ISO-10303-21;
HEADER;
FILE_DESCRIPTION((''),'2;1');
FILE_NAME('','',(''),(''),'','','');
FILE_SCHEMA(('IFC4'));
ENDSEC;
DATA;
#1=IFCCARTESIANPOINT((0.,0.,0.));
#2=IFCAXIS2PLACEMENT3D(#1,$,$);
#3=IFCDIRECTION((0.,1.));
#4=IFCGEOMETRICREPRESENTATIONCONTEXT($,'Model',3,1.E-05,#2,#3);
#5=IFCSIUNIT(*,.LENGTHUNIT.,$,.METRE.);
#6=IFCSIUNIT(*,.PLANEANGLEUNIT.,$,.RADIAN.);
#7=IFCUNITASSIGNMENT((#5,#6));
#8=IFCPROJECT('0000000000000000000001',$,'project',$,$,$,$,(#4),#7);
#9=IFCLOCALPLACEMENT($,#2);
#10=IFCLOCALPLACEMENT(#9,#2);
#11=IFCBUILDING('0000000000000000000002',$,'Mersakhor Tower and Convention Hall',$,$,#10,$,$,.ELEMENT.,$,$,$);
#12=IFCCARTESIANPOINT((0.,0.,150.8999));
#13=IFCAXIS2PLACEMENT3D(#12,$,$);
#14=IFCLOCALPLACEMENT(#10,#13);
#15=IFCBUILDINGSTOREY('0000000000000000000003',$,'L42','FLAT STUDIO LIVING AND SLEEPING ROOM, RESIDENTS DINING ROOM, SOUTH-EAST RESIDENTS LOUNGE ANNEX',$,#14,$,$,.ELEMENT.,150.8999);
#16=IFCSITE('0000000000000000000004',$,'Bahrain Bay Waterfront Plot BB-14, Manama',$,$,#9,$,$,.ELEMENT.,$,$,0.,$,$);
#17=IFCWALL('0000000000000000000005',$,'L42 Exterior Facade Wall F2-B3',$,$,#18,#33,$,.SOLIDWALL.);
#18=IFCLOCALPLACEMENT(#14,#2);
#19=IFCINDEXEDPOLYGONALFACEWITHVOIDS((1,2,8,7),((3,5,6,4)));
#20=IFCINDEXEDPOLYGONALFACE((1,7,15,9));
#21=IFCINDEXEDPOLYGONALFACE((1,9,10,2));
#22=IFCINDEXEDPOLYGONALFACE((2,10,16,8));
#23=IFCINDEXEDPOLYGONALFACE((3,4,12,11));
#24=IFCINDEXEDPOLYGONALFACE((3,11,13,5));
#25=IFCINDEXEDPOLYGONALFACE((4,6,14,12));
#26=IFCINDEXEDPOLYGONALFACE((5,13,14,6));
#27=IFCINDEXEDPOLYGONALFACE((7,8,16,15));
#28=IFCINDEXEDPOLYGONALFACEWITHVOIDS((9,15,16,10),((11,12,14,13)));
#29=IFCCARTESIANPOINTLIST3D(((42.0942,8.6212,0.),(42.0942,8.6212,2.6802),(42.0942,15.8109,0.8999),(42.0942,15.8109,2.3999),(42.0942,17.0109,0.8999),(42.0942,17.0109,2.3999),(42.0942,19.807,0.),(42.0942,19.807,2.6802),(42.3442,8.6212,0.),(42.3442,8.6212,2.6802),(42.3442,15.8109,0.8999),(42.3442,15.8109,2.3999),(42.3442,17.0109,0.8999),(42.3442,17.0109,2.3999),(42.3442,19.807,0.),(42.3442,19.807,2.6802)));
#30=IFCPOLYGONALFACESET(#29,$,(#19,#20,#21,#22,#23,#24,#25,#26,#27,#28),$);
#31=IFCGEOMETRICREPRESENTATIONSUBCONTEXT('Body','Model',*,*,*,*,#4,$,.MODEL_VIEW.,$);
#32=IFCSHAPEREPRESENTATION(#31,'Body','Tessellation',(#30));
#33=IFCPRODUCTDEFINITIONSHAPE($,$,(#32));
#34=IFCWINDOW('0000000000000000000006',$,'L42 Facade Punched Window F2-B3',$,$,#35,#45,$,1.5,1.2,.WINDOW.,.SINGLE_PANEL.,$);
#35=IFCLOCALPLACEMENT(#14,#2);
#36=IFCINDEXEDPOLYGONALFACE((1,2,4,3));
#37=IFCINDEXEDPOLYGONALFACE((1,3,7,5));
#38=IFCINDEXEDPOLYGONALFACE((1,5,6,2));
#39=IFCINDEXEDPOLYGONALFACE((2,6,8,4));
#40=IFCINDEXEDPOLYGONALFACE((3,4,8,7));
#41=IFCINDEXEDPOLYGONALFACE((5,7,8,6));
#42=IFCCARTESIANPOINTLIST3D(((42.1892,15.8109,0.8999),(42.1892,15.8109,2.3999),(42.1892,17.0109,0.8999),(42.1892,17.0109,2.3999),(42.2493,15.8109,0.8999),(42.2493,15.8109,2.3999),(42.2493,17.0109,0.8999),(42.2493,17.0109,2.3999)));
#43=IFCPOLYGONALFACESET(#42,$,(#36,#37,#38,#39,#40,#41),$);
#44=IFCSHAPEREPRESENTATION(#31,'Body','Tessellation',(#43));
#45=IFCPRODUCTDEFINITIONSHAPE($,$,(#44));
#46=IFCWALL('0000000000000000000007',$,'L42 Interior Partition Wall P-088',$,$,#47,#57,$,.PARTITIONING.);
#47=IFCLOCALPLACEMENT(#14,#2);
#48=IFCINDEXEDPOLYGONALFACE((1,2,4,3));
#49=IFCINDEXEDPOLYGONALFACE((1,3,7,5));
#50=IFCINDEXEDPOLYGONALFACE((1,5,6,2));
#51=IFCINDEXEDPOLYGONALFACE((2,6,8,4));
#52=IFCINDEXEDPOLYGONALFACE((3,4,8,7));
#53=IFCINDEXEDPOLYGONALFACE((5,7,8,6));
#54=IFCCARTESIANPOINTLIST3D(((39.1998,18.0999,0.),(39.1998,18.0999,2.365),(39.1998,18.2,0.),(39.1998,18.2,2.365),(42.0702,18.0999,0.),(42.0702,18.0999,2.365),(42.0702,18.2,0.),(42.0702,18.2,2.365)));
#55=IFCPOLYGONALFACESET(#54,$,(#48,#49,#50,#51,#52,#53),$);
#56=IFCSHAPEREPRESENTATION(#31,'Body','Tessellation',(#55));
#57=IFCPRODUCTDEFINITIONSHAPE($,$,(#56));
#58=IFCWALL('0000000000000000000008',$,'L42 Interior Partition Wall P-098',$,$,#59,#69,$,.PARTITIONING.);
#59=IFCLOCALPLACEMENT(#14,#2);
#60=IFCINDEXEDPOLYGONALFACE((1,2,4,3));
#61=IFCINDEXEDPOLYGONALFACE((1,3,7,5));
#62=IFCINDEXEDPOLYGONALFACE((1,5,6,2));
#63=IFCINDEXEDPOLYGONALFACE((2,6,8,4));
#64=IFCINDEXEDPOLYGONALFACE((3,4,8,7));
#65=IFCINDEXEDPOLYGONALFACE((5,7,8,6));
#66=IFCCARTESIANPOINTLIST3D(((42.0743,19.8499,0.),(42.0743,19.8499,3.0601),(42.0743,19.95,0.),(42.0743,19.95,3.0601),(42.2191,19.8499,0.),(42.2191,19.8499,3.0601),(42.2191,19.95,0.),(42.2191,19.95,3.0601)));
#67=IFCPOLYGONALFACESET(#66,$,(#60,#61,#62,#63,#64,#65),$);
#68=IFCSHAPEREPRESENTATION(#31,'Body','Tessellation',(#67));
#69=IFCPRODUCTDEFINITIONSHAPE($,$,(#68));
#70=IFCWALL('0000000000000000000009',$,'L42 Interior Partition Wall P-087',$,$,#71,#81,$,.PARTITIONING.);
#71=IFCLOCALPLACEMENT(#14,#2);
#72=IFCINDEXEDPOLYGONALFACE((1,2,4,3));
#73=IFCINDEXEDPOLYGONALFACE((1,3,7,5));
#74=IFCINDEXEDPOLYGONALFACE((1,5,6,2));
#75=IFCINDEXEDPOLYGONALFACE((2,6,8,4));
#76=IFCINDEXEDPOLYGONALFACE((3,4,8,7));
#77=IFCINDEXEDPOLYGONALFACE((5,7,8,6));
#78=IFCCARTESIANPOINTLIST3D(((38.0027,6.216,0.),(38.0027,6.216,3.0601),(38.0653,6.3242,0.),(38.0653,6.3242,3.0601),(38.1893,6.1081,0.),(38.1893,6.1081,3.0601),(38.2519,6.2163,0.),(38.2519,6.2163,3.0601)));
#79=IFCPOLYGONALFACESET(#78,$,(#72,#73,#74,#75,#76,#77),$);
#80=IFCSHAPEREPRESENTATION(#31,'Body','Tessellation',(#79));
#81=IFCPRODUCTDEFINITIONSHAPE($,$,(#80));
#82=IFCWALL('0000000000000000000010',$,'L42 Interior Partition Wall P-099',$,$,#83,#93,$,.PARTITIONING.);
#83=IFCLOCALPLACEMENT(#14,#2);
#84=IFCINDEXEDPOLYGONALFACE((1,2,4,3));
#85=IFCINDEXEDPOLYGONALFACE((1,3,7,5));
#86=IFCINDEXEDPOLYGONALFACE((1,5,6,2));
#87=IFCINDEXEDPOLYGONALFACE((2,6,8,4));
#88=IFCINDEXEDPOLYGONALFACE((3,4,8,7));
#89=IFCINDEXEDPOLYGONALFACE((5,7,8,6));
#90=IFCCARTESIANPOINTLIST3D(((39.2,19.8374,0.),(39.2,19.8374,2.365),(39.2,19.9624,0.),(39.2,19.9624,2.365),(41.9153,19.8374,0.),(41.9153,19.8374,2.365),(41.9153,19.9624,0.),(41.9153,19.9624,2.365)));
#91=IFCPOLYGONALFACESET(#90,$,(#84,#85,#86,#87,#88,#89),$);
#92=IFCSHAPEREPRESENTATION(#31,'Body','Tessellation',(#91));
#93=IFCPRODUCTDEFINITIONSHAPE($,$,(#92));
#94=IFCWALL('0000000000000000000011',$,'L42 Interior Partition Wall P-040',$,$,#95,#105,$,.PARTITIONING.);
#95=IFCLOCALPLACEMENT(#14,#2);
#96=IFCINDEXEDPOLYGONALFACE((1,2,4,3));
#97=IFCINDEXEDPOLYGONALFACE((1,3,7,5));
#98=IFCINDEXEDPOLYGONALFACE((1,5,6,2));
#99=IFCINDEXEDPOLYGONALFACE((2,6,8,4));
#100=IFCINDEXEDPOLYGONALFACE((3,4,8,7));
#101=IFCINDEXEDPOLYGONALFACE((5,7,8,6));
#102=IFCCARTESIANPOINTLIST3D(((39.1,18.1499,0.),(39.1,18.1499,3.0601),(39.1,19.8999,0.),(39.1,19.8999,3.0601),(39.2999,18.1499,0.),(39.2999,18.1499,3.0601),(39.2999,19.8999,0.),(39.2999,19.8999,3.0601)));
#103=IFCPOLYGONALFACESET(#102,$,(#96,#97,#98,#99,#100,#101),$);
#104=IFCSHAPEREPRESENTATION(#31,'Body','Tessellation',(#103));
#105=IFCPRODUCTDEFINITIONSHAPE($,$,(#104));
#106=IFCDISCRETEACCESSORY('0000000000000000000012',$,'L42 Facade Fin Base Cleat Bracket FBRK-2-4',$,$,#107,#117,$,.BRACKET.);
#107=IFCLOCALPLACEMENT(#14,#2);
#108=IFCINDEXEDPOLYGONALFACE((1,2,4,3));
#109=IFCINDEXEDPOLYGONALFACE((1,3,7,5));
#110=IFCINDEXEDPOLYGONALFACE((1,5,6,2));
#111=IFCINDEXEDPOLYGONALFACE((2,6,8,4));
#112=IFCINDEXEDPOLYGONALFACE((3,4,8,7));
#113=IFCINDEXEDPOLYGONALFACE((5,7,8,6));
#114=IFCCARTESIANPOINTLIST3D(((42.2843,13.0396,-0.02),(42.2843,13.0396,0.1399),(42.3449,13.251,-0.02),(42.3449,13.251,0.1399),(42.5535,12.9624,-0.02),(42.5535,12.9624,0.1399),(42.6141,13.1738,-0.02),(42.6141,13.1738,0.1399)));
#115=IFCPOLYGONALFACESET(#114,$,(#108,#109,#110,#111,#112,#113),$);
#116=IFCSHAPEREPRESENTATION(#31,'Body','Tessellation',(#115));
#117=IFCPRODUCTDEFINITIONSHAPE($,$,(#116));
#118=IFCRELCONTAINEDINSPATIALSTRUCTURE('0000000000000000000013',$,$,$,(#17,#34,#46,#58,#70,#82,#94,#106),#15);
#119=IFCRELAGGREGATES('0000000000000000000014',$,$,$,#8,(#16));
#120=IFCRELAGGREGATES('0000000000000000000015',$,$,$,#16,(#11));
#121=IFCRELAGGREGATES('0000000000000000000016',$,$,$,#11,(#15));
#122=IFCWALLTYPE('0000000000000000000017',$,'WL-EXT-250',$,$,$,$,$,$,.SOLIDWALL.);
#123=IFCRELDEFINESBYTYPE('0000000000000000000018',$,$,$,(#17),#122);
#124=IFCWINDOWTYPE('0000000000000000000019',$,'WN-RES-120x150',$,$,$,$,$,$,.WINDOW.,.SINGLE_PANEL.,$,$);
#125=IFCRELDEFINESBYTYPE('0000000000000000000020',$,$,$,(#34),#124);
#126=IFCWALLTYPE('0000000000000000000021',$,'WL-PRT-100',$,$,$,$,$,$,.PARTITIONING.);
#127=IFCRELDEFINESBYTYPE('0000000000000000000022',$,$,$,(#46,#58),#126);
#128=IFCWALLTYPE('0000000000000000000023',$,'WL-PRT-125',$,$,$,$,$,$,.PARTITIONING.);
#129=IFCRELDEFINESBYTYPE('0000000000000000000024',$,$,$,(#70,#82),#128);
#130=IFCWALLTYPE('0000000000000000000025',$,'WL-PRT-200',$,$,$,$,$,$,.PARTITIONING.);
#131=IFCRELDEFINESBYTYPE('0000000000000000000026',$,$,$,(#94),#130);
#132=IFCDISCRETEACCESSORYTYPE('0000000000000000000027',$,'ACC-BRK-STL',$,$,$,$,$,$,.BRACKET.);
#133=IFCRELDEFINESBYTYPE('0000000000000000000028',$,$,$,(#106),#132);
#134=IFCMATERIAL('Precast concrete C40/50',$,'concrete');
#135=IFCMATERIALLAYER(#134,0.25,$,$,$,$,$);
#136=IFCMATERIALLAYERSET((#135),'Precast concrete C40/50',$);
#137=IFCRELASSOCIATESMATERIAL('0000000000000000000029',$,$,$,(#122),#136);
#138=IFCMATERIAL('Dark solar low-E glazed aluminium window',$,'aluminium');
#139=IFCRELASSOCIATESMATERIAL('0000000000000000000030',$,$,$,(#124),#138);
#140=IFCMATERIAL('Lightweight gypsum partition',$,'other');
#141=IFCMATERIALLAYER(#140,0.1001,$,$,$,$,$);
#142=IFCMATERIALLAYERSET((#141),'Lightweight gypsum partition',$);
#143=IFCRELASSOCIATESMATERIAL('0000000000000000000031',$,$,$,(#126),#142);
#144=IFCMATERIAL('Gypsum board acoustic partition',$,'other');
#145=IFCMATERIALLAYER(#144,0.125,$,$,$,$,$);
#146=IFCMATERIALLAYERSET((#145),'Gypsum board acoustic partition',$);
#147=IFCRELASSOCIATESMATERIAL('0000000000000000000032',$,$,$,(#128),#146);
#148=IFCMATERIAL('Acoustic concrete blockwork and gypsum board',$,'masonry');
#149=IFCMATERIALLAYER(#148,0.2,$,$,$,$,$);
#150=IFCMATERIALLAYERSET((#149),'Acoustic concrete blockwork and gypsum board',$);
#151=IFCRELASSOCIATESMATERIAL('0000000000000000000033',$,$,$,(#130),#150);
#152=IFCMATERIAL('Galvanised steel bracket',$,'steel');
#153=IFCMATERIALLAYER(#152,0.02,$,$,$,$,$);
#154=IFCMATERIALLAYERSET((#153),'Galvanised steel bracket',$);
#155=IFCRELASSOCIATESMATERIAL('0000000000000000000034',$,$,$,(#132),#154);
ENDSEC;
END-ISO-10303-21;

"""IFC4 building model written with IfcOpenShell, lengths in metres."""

from ifc_helpers import new_model, si_unit, direction, frame, frame_2d, origin, origin_2d, place, context, subcontext, project, spatial, rectangle, extrude, material, layer, layer_set, type_object, element, fill, save


model = new_model("IFC4")

# Units and contexts
model_context = context("Model", 3, precision=1e-05, world=origin(), true_north=direction((0.0, 1.0)))
body_context = subcontext(model_context, "Body", "Model", "MODEL_VIEW")
ifc_project = project(units=[si_unit("LENGTHUNIT", "METRE"), si_unit("PLANEANGLEUNIT", "RADIAN")], contexts=[model_context])

# Site, building, storey
site_placement = place(None, origin())
site = spatial("IfcSite", under=ifc_project, at=site_placement, Name="Bahrain Bay Waterfront Plot BB-14, Manama", CompositionType="ELEMENT", RefElevation=0.0)
building_placement = place(site_placement, origin())
building = spatial("IfcBuilding", under=site, at=building_placement, Name="Mersakhor Tower and Convention Hall", CompositionType="ELEMENT")
storey_placement = place(building_placement, frame((0.0, 0.0, 150.8999)))
storey = spatial("IfcBuildingStorey", under=building, at=storey_placement, Name="L42", Description="FLAT STUDIO LIVING AND SLEEPING ROOM, RESIDENTS DINING ROOM, SOUTH-EAST RESIDENTS LOUNGE ANNEX", CompositionType="ELEMENT", Elevation=150.8999)

# Shared definitions
ifc_material_1 = material(Name="Precast concrete C40/50", Category="concrete")
ifc_layer_1 = layer(ifc_material_1, 0.25)
ifc_layer_set_1 = layer_set([ifc_layer_1], Name="Precast concrete C40/50")
wall_type_1 = type_object("IfcWallType", Name="WL-EXT-250", PredefinedType="SOLIDWALL", material=ifc_layer_set_1)

# Wall, opening, window
wall_1_placement = place(storey_placement, frame((42.2192, 19.8069, 0.0), z_axis=(0.0, 0.0, 1.0), x_axis=(0.0, -1.0, 0.0)))
wall_1 = element("IfcWall", 1, at=wall_1_placement, inside=storey, type_object=wall_type_1, Name="L42 Exterior Facade Wall F2-B3", PredefinedType="SOLIDWALL", context=body_context, shape_type="SweptSolid", body=[
    extrude(rectangle(XDim=11.1858, YDim=0.25, at=frame_2d((5.5928, 0.0))), origin(), (0.0, 0.0, 1.0), 2.6802),
])
opening_1_placement = place(wall_1_placement, frame((2.7959, 0.0, 0.8999)))
opening_1 = element("IfcOpeningElement", 2, at=opening_1_placement, cuts=wall_1, PredefinedType="OPENING", context=body_context, shape_type="SweptSolid", body=[
    extrude(rectangle(XDim=1.2, YDim=1.5, at=frame_2d((0.6001, 0.75))), frame((0.0, 0.135, 0.0), z_axis=(0.0, -1.0, 0.0), x_axis=(1.0, 0.0, 0.0)), (0.0, 0.0, 1.0), 0.27),
])
ifc_material_2 = material(Name="Dark solar low-E glazed aluminium window", Category="aluminium")
window_type = type_object("IfcWindowType", Name="WN-RES-120x150", PartitioningType="SINGLE_PANEL", PredefinedType="WINDOW", material=ifc_material_2)
window_placement = place(opening_1_placement, origin())
window = element("IfcWindow", 3, at=window_placement, inside=storey, type_object=window_type, Name="L42 Facade Punched Window F2-B3", OverallHeight=1.5, OverallWidth=1.2, PartitioningType="SINGLE_PANEL", PredefinedType="WINDOW", context=body_context, shape_type="SweptSolid", body=[
    extrude(rectangle(XDim=1.2, YDim=1.5, at=frame_2d((0.6001, 0.75))), frame((0.0, 0.03, 0.0), z_axis=(0.0, -1.0, 0.0), x_axis=(1.0, 0.0, 0.0)), (0.0, 0.0, 1.0), 0.0601),
])
fill(opening_1, window)

# Walls
ifc_material_3 = material(Name="Lightweight gypsum partition", Category="other")
ifc_layer_2 = layer(ifc_material_3, 0.1001)
ifc_layer_set_2 = layer_set([ifc_layer_2], Name="Lightweight gypsum partition")
wall_type_2 = type_object("IfcWallType", Name="WL-PRT-100", PredefinedType="PARTITIONING", material=ifc_layer_set_2)
wall_2_placement = place(storey_placement, frame((39.2, 18.1499, 0.0), z_axis=(0.0, 0.0, 1.0), x_axis=(1.0, 0.0, 0.0)))
element("IfcWall", 4, at=wall_2_placement, inside=storey, type_object=wall_type_2, Name="L42 Interior Partition Wall P-088", PredefinedType="PARTITIONING", context=body_context, shape_type="SweptSolid", body=[
    extrude(rectangle(XDim=2.8704, YDim=0.1001, at=frame_2d((1.4351, 0.0))), origin(), (0.0, 0.0, 1.0), 2.365),
])
wall_3_placement = place(storey_placement, frame((42.219, 19.8999, 0.0), z_axis=(0.0, 0.0, 1.0), x_axis=(-1.0, 0.0, 0.0)))
element("IfcWall", 5, at=wall_3_placement, inside=storey, type_object=wall_type_2, Name="L42 Interior Partition Wall P-098", PredefinedType="PARTITIONING", context=body_context, shape_type="SweptSolid", body=[
    extrude(rectangle(XDim=0.1448, YDim=0.1001, at=frame_2d((0.0723, 0.0))), origin(), (0.0, 0.0, 1.0), 3.0601),
])
ifc_material_4 = material(Name="Gypsum board acoustic partition", Category="other")
ifc_layer_3 = layer(ifc_material_4, 0.125)
ifc_layer_set_3 = layer_set([ifc_layer_3], Name="Gypsum board acoustic partition")
wall_type_3 = type_object("IfcWallType", Name="WL-PRT-125", PredefinedType="PARTITIONING", material=ifc_layer_set_3)
wall_4_placement = place(storey_placement, frame((38.2207, 6.1621, 0.0), z_axis=(0.0, 0.0, 1.0), x_axis=(-0.865581, 0.500768, 0.0)))
element("IfcWall", 6, at=wall_4_placement, inside=storey, type_object=wall_type_3, Name="L42 Interior Partition Wall P-087", PredefinedType="PARTITIONING", context=body_context, shape_type="SweptSolid", body=[
    extrude(rectangle(XDim=0.2156, YDim=0.125, at=frame_2d((0.1079, 0.0))), origin(), (0.0, 0.0, 1.0), 3.0601),
])
wall_5_placement = place(storey_placement, frame((41.9153, 19.8999, 0.0), z_axis=(0.0, 0.0, 1.0), x_axis=(-1.0, 0.0, 0.0)))
element("IfcWall", 7, at=wall_5_placement, inside=storey, type_object=wall_type_3, Name="L42 Interior Partition Wall P-099", PredefinedType="PARTITIONING", context=body_context, shape_type="SweptSolid", body=[
    extrude(rectangle(XDim=2.7153, YDim=0.125, at=frame_2d((1.3577, 0.0))), origin(), (0.0, 0.0, 1.0), 2.365),
])
ifc_material_5 = material(Name="Acoustic concrete blockwork and gypsum board", Category="masonry")
ifc_layer_4 = layer(ifc_material_5, 0.2)
ifc_layer_set_4 = layer_set([ifc_layer_4], Name="Acoustic concrete blockwork and gypsum board")
wall_type_4 = type_object("IfcWallType", Name="WL-PRT-200", PredefinedType="PARTITIONING", material=ifc_layer_set_4)
wall_6_placement = place(storey_placement, frame((39.2, 19.8999, 0.0), z_axis=(0.0, 0.0, 1.0), x_axis=(0.0, -1.0, 0.0)))
element("IfcWall", 8, at=wall_6_placement, inside=storey, type_object=wall_type_4, Name="L42 Interior Partition Wall P-040", PredefinedType="PARTITIONING", context=body_context, shape_type="SweptSolid", body=[
    extrude(rectangle(XDim=1.75, YDim=0.2, at=frame_2d((0.875, 0.0))), origin(), (0.0, 0.0, 1.0), 3.0601),
])

# Discrete accessory
ifc_material_6 = material(Name="Galvanised steel bracket", Category="steel")
ifc_layer_5 = layer(ifc_material_6, 0.02)
ifc_layer_set_5 = layer_set([ifc_layer_5], Name="Galvanised steel bracket")
discrete_accessory_type = type_object("IfcDiscreteAccessoryType", Name="ACC-BRK-STL", PredefinedType="BRACKET", material=ifc_layer_set_5)
discrete_accessory_placement = place(storey_placement, frame((42.4492, 13.1067, -0.02), z_axis=(0.0, 0.0, 1.0), x_axis=(0.961262, -0.275637, 0.0)))
element("IfcDiscreteAccessory", 9, at=discrete_accessory_placement, inside=storey, type_object=discrete_accessory_type, Name="L42 Facade Fin Base Cleat Bracket FBRK-2-4", PredefinedType="BRACKET", context=body_context, shape_type="SweptSolid", body=[
    extrude(rectangle(XDim=0.28, YDim=0.22, at=origin_2d()), origin(), (0.0, 0.0, 1.0), 0.1599),
])

save(model, "model.ifc")
